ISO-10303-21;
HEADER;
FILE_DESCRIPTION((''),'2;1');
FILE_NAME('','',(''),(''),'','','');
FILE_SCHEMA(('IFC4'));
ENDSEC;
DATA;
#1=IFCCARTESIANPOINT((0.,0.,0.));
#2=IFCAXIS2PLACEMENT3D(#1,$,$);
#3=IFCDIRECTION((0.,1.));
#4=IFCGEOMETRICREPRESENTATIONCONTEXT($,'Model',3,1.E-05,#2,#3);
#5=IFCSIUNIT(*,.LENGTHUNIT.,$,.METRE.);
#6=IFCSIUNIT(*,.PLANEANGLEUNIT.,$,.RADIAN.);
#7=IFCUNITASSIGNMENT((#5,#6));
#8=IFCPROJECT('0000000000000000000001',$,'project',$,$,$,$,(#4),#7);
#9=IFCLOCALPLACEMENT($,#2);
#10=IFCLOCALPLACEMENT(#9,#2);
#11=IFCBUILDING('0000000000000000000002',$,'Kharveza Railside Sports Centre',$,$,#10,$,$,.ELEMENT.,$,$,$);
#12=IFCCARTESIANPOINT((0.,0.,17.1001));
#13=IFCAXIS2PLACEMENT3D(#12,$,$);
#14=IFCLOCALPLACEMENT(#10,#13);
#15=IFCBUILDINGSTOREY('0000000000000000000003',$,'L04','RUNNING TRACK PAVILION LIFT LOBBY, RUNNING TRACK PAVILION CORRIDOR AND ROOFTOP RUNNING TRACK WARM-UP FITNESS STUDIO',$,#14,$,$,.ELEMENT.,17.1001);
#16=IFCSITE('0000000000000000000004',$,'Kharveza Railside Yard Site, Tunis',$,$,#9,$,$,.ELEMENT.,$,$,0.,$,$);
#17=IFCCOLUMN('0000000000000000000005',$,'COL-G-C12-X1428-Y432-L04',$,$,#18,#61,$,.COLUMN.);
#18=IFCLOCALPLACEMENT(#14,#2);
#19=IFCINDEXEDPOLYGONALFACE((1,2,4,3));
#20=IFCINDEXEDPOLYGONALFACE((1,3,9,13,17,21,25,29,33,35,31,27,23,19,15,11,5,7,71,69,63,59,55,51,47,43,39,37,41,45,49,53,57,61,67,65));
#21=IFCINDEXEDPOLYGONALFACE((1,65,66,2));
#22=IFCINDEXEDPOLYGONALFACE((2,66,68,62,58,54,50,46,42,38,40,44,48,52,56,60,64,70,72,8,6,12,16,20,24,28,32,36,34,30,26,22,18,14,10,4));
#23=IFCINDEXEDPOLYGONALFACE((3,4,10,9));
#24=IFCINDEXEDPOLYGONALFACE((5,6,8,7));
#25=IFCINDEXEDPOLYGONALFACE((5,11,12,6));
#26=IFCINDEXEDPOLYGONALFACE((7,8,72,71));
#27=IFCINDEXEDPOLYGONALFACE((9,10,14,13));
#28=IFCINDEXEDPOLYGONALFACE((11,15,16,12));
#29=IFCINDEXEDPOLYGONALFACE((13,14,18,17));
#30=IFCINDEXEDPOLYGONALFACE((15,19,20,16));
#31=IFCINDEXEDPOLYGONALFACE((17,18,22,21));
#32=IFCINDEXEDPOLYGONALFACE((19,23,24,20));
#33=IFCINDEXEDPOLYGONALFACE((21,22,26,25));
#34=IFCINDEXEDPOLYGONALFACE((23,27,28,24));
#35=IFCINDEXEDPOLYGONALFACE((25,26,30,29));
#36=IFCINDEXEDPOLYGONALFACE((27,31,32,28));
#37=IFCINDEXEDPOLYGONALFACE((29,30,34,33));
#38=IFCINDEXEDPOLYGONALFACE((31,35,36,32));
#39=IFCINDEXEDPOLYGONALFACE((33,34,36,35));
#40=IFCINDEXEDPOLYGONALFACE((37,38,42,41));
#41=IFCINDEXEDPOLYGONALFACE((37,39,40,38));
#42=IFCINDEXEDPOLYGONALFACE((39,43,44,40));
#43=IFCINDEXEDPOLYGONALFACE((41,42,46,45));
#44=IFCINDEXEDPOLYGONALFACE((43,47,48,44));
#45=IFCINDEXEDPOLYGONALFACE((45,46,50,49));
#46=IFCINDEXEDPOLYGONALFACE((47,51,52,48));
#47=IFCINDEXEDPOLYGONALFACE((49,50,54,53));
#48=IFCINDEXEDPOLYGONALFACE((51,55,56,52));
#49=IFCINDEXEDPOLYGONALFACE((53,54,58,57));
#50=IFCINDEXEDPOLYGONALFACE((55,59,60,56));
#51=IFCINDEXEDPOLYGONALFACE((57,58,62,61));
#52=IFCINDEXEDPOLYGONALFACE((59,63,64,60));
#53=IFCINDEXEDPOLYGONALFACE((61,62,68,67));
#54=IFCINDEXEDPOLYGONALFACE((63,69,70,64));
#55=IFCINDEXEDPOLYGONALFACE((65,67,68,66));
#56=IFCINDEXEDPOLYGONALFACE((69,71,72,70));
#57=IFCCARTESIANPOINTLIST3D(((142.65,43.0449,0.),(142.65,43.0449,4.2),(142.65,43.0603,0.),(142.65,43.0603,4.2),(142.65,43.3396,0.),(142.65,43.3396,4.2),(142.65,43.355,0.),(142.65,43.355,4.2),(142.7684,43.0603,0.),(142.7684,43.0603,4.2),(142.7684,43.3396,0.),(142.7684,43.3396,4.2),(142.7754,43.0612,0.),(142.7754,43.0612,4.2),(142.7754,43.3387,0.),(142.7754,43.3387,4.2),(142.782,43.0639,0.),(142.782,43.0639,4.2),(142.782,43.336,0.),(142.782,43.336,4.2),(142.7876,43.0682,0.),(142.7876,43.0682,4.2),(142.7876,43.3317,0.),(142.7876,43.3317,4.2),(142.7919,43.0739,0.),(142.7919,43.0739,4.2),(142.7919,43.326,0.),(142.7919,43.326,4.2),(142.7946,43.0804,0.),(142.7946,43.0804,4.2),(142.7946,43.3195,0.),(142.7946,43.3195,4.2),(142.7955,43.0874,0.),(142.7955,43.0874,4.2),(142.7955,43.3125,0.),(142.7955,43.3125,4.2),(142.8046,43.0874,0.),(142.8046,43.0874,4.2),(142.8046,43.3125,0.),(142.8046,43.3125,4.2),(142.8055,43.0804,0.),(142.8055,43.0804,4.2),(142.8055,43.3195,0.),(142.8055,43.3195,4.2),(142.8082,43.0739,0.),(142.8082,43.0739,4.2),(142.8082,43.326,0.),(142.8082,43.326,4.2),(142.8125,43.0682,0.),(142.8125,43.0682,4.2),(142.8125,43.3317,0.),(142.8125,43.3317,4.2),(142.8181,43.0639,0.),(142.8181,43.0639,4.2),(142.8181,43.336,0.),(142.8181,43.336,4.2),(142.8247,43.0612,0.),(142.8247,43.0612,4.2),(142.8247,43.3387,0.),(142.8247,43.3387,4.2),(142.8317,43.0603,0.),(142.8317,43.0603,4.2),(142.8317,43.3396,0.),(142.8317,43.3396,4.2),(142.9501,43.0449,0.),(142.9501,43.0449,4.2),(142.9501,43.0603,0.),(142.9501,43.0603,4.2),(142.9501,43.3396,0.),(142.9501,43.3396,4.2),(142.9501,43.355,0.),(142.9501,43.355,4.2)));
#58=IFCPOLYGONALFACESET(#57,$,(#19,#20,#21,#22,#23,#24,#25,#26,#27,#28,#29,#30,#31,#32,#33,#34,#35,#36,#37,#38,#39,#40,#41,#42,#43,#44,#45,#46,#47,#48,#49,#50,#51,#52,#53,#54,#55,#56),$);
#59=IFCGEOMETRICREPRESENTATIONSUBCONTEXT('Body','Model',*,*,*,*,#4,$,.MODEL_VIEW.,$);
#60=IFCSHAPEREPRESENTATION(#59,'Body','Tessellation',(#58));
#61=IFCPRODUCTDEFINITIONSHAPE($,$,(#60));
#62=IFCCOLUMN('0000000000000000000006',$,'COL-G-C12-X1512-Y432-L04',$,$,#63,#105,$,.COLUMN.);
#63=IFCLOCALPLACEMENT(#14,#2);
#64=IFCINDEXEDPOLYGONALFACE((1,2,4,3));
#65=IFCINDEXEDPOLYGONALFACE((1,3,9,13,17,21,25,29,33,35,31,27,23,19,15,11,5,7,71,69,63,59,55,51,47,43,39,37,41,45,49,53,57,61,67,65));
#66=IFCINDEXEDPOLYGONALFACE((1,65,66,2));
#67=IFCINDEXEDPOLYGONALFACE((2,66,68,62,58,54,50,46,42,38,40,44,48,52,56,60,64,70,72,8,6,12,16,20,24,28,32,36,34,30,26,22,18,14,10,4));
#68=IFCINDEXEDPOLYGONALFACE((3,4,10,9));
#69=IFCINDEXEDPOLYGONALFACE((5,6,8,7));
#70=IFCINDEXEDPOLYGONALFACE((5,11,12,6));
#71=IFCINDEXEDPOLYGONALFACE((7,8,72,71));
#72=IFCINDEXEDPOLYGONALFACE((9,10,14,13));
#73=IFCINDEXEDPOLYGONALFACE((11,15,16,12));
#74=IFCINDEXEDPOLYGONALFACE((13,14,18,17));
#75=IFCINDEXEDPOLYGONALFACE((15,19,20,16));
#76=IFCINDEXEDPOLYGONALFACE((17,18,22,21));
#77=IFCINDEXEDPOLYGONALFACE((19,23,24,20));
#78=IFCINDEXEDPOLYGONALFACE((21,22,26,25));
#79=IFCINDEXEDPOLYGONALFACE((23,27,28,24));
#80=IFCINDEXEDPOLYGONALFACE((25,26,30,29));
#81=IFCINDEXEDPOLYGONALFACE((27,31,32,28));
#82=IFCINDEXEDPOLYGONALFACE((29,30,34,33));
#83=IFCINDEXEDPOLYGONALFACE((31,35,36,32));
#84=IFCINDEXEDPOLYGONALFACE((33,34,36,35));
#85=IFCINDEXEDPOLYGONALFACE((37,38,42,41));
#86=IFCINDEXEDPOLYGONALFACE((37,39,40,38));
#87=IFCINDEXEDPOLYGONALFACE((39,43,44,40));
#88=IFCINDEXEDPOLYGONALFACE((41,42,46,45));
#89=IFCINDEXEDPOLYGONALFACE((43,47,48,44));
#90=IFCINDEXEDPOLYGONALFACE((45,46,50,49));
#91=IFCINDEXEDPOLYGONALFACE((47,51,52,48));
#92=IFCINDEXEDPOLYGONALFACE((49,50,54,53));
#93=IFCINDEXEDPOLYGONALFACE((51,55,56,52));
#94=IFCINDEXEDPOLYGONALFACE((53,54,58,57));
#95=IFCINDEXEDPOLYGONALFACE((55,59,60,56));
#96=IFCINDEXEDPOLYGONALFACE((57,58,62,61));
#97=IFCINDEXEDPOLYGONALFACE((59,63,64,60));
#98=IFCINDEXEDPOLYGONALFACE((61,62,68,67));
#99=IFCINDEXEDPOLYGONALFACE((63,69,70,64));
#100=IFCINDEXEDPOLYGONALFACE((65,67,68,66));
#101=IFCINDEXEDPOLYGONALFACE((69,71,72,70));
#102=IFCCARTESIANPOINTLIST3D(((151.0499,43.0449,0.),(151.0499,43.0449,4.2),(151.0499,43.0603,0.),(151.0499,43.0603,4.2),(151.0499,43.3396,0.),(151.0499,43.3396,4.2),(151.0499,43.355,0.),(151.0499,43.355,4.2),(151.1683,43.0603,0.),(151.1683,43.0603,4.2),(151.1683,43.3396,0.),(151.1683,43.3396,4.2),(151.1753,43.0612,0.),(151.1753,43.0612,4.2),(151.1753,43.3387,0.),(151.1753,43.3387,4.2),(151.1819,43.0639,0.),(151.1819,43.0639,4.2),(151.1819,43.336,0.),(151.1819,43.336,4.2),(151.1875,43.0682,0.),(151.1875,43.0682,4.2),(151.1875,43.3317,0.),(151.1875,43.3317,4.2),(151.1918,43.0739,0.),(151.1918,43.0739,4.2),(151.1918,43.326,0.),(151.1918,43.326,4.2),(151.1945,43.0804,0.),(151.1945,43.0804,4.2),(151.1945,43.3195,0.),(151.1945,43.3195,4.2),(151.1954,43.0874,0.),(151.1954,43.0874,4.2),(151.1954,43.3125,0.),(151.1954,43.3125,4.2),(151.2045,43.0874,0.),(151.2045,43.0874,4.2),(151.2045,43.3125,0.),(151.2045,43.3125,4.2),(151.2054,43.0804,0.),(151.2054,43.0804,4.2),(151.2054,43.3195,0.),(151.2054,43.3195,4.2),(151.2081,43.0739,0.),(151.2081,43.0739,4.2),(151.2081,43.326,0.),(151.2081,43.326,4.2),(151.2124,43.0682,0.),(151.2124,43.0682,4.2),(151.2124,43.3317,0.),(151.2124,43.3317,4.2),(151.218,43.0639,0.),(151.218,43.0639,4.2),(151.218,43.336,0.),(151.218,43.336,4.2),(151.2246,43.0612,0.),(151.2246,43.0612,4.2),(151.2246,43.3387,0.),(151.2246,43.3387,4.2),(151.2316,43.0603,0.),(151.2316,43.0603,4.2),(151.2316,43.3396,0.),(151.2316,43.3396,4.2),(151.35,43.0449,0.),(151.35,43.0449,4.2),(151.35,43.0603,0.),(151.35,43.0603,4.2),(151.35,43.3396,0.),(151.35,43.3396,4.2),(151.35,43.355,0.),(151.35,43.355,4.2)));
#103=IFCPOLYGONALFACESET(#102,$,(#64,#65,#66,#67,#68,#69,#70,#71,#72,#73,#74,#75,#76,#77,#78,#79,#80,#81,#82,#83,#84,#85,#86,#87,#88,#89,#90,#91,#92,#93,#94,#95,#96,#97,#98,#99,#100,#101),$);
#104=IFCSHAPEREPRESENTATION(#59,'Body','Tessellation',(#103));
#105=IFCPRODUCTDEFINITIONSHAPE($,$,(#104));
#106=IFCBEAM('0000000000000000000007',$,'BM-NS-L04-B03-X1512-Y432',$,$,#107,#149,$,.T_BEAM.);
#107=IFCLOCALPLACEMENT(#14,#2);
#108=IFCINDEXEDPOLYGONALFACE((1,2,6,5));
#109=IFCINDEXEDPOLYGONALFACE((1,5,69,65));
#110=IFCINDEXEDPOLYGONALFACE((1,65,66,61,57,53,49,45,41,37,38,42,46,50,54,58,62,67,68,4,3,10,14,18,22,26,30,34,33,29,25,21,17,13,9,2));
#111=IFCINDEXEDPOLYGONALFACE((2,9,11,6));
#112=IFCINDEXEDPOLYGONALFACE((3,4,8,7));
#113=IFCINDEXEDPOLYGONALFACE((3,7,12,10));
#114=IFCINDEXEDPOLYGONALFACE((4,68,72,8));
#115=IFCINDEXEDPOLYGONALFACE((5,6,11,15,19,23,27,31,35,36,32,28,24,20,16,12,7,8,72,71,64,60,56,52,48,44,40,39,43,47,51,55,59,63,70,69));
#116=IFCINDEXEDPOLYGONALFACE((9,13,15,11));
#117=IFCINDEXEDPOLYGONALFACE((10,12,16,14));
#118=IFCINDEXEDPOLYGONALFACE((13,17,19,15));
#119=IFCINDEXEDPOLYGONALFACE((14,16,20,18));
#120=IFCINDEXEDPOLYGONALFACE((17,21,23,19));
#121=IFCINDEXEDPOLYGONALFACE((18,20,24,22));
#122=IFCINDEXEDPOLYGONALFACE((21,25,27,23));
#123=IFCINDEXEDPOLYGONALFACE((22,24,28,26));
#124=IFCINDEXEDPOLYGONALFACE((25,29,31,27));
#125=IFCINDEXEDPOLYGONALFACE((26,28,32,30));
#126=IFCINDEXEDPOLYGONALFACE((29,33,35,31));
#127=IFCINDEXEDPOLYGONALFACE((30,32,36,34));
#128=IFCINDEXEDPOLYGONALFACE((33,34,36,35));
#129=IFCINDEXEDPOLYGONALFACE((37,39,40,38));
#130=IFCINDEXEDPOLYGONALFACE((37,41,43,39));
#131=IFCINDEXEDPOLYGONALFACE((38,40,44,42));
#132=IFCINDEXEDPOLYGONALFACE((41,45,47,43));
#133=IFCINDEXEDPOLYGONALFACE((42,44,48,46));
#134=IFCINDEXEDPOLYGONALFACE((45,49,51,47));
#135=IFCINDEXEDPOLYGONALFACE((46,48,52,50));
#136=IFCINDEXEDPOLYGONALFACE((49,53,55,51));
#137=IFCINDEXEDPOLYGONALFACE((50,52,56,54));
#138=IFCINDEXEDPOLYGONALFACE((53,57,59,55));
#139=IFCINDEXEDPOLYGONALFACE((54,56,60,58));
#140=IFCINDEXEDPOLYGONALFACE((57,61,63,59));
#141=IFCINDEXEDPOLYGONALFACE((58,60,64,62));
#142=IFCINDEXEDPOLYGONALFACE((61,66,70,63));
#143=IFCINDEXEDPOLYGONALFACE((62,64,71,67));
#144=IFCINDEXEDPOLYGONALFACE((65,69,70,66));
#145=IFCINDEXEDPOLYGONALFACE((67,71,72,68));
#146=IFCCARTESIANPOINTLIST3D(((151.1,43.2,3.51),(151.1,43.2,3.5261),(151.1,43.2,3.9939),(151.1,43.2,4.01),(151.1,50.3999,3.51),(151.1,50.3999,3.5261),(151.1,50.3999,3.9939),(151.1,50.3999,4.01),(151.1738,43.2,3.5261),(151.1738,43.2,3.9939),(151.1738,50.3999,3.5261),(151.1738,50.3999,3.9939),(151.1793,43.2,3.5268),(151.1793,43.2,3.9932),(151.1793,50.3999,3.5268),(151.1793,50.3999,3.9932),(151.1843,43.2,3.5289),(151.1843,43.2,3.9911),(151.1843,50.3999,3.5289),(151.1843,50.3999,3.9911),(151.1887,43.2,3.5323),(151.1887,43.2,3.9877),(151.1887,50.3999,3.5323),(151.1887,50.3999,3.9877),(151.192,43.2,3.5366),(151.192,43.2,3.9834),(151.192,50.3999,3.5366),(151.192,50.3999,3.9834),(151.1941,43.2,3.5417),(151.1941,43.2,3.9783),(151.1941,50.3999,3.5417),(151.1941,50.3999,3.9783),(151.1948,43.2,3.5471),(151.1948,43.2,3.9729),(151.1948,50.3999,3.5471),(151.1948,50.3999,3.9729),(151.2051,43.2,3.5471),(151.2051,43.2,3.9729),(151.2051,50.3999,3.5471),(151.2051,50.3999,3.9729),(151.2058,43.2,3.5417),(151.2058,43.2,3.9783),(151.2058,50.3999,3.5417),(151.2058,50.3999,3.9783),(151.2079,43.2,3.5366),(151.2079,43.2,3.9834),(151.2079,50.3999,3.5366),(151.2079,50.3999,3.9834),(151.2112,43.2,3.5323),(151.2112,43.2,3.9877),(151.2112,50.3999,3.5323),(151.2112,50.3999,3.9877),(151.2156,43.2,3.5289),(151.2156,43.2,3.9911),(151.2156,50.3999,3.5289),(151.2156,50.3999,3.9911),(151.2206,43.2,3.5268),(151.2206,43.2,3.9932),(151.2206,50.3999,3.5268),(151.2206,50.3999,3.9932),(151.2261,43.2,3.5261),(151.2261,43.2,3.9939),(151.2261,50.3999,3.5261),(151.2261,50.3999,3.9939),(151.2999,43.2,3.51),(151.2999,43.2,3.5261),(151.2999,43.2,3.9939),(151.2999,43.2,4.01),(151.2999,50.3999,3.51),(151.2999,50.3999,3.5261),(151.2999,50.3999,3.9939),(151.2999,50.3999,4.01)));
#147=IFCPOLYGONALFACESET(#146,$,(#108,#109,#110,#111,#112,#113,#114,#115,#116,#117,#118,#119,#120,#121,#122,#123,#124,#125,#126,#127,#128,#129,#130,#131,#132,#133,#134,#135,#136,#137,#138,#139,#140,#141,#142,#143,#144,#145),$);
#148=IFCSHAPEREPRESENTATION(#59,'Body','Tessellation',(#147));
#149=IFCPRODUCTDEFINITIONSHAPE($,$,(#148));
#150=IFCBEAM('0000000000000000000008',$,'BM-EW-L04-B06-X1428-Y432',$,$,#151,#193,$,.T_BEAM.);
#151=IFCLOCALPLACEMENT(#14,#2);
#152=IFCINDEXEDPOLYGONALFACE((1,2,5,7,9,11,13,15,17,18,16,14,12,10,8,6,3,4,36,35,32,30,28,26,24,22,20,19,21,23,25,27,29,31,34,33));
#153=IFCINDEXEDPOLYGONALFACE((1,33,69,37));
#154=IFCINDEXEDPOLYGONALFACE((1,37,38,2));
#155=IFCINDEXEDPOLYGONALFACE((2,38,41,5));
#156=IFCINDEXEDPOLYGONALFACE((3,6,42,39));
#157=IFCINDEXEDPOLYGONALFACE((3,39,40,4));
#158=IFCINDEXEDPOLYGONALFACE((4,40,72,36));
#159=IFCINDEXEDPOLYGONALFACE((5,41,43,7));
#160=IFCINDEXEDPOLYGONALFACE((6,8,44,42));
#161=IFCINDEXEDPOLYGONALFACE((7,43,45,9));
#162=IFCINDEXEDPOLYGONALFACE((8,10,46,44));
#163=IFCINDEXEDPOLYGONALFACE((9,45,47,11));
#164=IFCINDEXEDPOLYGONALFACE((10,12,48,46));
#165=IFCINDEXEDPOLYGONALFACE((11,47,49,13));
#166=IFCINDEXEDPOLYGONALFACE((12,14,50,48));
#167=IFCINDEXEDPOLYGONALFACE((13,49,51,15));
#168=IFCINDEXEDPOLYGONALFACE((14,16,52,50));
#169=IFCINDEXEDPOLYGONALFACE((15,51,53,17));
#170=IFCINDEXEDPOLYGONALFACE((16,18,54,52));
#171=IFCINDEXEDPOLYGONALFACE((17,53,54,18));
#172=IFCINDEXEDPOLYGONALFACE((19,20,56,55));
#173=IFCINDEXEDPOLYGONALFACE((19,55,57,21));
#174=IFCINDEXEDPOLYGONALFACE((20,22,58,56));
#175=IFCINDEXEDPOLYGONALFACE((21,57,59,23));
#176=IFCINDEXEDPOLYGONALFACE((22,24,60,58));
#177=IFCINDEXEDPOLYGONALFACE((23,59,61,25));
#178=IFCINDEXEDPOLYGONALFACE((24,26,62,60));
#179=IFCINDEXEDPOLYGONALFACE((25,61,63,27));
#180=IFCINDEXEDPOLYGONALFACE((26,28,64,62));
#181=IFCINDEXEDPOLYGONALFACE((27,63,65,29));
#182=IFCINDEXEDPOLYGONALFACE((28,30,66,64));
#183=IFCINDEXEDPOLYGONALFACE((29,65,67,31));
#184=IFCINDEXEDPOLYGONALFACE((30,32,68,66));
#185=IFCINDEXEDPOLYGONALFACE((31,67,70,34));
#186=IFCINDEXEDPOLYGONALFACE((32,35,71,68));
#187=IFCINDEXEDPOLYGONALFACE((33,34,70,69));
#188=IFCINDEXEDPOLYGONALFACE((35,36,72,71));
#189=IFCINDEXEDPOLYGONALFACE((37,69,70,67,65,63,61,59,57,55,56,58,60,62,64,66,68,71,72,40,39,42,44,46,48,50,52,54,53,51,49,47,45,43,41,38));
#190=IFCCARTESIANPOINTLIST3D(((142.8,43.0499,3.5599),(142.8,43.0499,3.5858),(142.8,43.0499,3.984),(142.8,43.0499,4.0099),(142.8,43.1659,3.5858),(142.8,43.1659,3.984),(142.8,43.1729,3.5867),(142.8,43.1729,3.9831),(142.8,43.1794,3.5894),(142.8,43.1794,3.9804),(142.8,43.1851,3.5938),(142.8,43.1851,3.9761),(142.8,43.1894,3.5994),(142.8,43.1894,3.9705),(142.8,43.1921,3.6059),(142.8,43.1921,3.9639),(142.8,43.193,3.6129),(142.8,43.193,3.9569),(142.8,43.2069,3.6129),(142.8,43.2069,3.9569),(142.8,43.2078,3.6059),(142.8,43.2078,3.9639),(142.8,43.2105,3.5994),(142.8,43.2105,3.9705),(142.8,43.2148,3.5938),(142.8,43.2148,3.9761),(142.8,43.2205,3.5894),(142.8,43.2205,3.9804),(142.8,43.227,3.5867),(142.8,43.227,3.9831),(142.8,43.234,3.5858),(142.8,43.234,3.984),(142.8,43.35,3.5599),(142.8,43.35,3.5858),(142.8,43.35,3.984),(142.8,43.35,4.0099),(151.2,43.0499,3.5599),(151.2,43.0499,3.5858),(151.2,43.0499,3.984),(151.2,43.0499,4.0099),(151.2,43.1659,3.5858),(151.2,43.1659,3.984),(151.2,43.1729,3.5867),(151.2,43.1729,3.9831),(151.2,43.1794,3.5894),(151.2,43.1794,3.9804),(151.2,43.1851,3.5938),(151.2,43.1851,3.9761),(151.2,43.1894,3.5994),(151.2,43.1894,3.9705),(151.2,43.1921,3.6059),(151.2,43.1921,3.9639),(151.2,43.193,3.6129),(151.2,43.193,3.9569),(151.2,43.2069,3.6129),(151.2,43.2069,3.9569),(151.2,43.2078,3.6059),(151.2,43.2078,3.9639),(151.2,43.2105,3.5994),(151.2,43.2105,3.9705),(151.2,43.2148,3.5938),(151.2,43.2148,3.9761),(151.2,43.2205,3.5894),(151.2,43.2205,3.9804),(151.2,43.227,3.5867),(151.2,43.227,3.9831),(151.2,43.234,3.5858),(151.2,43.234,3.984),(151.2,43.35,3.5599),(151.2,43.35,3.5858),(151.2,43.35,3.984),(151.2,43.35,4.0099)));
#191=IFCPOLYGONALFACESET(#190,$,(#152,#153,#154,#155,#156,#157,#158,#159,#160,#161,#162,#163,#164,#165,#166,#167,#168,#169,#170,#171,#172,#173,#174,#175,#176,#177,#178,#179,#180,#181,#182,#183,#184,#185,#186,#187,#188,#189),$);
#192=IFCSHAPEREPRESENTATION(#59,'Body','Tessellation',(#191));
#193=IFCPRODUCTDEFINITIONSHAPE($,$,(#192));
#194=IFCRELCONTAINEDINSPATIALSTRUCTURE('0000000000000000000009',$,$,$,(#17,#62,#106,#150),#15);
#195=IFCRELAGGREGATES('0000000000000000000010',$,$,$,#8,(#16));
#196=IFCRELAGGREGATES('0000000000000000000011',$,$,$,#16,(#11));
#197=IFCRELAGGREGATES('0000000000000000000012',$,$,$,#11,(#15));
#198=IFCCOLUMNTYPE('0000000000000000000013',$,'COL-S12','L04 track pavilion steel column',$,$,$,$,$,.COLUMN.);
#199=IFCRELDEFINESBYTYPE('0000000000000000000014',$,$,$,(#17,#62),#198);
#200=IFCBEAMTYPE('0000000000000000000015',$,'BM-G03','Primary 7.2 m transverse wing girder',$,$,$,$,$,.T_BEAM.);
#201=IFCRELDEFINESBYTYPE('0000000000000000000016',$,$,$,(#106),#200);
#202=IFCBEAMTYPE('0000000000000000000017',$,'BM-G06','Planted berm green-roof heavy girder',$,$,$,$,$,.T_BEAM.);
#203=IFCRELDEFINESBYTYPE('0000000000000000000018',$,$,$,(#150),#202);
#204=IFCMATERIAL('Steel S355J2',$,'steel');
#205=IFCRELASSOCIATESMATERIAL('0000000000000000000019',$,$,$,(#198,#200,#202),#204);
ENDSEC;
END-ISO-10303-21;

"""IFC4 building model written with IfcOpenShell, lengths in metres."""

from ifc_helpers import new_model, si_unit, direction, frame, origin, origin_2d, place, context, subcontext, project, spatial, i_section, extrude, material, material_profile, profile_set, type_object, element, save


model = new_model("IFC4")

# Units and contexts
model_context = context("Model", 3, precision=1e-05, world=origin(), true_north=direction((0.0, 1.0)))
body_context = subcontext(model_context, "Body", "Model", "MODEL_VIEW")
ifc_project = project(units=[si_unit("LENGTHUNIT", "METRE"), si_unit("PLANEANGLEUNIT", "RADIAN")], contexts=[model_context])

# Site, building, storey
site_placement = place(None, origin())
site = spatial("IfcSite", under=ifc_project, at=site_placement, Name="Kharveza Railside Yard Site, Tunis", CompositionType="ELEMENT", RefElevation=0.0)
building_placement = place(site_placement, origin())
building = spatial("IfcBuilding", under=site, at=building_placement, Name="Kharveza Railside Sports Centre", CompositionType="ELEMENT")
storey_placement = place(building_placement, frame((0.0, 0.0, 17.1001)))
storey = spatial("IfcBuildingStorey", under=building, at=storey_placement, Name="L04", Description="RUNNING TRACK PAVILION LIFT LOBBY, RUNNING TRACK PAVILION CORRIDOR AND ROOFTOP RUNNING TRACK WARM-UP FITNESS STUDIO", CompositionType="ELEMENT", Elevation=17.1001)

# Columns
ifc_material_1 = material(Name="Steel S355J2", Category="steel")
ifc_material_profile_1 = material_profile(ifc_material_1, i_section(OverallWidth=0.3, OverallDepth=0.3101, WebThickness=0.009, FlangeThickness=0.0154, FilletRadius=0.0271, at=origin_2d()), Name="HEA 320")
ifc_profile_set_1 = profile_set([ifc_material_profile_1], Name="Steel S355J2")
column_type = type_object("IfcColumnType", Name="COL-S12", Description="L04 track pavilion steel column", PredefinedType="COLUMN", material=ifc_profile_set_1)
for number, where, z_axis, x_axis, name in (
    (1, (142.8, 43.2, 0.0), (0.0, 0.0, 1.0), (1.0, 0.0, 0.0), "COL-G-C12-X1428-Y432-L04"),
    (2, (151.2, 43.2, 0.0), (0.0, 0.0, 1.0), (1.0, 0.0, 0.0), "COL-G-C12-X1512-Y432-L04"),
):
    element("IfcColumn", number, at=place(storey_placement, frame(where, z_axis=z_axis, x_axis=x_axis)), inside=storey, type_object=column_type, Name=name, PredefinedType="COLUMN", context=body_context, shape_type="SweptSolid", body=[
        extrude(i_section(OverallWidth=0.3, OverallDepth=0.3101, WebThickness=0.009, FlangeThickness=0.0154, FilletRadius=0.0271, at=origin_2d()), origin(), (0.0, 0.0, 1.0), 4.2),
    ])

# Beams
ifc_material_profile_2 = material_profile(ifc_material_1, i_section(OverallWidth=0.2, OverallDepth=0.5, WebThickness=0.0103, FlangeThickness=0.0161, FilletRadius=0.021, at=origin_2d()), Name="IPE 500")
ifc_profile_set_2 = profile_set([ifc_material_profile_2], Name="Steel S355J2")
beam_type_1 = type_object("IfcBeamType", Name="BM-G03", Description="Primary 7.2 m transverse wing girder", PredefinedType="T_BEAM", material=ifc_profile_set_2)
beam_1_placement = place(storey_placement, frame((151.2, 43.2, 3.76), z_axis=(0.0, 1.0, 0.0), x_axis=(-1.0, 0.0, 0.0)))
element("IfcBeam", 3, at=beam_1_placement, inside=storey, type_object=beam_type_1, Name="BM-NS-L04-B03-X1512-Y432", PredefinedType="T_BEAM", context=body_context, shape_type="SweptSolid", body=[
    extrude(i_section(OverallWidth=0.2, OverallDepth=0.5, WebThickness=0.0103, FlangeThickness=0.0161, FilletRadius=0.021, at=origin_2d()), origin(), (0.0, 0.0, 1.0), 7.2),
])
ifc_material_profile_3 = material_profile(ifc_material_1, i_section(OverallWidth=0.3, OverallDepth=0.45, WebThickness=0.0139, FlangeThickness=0.0259, FilletRadius=0.0271, at=origin_2d()), Name="HEB 450")
ifc_profile_set_3 = profile_set([ifc_material_profile_3], Name="Steel S355J2")
beam_type_2 = type_object("IfcBeamType", Name="BM-G06", Description="Planted berm green-roof heavy girder", PredefinedType="T_BEAM", material=ifc_profile_set_3)
beam_2_placement = place(storey_placement, frame((142.8, 43.2, 3.7849), z_axis=(1.0, 0.0, 0.0), x_axis=(0.0, 1.0, 0.0)))
element("IfcBeam", 4, at=beam_2_placement, inside=storey, type_object=beam_type_2, Name="BM-EW-L04-B06-X1428-Y432", PredefinedType="T_BEAM", context=body_context, shape_type="SweptSolid", body=[
    extrude(i_section(OverallWidth=0.3, OverallDepth=0.45, WebThickness=0.0139, FlangeThickness=0.0259, FilletRadius=0.0271, at=origin_2d()), origin(), (0.0, 0.0, 1.0), 8.3999),
])

save(model, "model.ifc")
